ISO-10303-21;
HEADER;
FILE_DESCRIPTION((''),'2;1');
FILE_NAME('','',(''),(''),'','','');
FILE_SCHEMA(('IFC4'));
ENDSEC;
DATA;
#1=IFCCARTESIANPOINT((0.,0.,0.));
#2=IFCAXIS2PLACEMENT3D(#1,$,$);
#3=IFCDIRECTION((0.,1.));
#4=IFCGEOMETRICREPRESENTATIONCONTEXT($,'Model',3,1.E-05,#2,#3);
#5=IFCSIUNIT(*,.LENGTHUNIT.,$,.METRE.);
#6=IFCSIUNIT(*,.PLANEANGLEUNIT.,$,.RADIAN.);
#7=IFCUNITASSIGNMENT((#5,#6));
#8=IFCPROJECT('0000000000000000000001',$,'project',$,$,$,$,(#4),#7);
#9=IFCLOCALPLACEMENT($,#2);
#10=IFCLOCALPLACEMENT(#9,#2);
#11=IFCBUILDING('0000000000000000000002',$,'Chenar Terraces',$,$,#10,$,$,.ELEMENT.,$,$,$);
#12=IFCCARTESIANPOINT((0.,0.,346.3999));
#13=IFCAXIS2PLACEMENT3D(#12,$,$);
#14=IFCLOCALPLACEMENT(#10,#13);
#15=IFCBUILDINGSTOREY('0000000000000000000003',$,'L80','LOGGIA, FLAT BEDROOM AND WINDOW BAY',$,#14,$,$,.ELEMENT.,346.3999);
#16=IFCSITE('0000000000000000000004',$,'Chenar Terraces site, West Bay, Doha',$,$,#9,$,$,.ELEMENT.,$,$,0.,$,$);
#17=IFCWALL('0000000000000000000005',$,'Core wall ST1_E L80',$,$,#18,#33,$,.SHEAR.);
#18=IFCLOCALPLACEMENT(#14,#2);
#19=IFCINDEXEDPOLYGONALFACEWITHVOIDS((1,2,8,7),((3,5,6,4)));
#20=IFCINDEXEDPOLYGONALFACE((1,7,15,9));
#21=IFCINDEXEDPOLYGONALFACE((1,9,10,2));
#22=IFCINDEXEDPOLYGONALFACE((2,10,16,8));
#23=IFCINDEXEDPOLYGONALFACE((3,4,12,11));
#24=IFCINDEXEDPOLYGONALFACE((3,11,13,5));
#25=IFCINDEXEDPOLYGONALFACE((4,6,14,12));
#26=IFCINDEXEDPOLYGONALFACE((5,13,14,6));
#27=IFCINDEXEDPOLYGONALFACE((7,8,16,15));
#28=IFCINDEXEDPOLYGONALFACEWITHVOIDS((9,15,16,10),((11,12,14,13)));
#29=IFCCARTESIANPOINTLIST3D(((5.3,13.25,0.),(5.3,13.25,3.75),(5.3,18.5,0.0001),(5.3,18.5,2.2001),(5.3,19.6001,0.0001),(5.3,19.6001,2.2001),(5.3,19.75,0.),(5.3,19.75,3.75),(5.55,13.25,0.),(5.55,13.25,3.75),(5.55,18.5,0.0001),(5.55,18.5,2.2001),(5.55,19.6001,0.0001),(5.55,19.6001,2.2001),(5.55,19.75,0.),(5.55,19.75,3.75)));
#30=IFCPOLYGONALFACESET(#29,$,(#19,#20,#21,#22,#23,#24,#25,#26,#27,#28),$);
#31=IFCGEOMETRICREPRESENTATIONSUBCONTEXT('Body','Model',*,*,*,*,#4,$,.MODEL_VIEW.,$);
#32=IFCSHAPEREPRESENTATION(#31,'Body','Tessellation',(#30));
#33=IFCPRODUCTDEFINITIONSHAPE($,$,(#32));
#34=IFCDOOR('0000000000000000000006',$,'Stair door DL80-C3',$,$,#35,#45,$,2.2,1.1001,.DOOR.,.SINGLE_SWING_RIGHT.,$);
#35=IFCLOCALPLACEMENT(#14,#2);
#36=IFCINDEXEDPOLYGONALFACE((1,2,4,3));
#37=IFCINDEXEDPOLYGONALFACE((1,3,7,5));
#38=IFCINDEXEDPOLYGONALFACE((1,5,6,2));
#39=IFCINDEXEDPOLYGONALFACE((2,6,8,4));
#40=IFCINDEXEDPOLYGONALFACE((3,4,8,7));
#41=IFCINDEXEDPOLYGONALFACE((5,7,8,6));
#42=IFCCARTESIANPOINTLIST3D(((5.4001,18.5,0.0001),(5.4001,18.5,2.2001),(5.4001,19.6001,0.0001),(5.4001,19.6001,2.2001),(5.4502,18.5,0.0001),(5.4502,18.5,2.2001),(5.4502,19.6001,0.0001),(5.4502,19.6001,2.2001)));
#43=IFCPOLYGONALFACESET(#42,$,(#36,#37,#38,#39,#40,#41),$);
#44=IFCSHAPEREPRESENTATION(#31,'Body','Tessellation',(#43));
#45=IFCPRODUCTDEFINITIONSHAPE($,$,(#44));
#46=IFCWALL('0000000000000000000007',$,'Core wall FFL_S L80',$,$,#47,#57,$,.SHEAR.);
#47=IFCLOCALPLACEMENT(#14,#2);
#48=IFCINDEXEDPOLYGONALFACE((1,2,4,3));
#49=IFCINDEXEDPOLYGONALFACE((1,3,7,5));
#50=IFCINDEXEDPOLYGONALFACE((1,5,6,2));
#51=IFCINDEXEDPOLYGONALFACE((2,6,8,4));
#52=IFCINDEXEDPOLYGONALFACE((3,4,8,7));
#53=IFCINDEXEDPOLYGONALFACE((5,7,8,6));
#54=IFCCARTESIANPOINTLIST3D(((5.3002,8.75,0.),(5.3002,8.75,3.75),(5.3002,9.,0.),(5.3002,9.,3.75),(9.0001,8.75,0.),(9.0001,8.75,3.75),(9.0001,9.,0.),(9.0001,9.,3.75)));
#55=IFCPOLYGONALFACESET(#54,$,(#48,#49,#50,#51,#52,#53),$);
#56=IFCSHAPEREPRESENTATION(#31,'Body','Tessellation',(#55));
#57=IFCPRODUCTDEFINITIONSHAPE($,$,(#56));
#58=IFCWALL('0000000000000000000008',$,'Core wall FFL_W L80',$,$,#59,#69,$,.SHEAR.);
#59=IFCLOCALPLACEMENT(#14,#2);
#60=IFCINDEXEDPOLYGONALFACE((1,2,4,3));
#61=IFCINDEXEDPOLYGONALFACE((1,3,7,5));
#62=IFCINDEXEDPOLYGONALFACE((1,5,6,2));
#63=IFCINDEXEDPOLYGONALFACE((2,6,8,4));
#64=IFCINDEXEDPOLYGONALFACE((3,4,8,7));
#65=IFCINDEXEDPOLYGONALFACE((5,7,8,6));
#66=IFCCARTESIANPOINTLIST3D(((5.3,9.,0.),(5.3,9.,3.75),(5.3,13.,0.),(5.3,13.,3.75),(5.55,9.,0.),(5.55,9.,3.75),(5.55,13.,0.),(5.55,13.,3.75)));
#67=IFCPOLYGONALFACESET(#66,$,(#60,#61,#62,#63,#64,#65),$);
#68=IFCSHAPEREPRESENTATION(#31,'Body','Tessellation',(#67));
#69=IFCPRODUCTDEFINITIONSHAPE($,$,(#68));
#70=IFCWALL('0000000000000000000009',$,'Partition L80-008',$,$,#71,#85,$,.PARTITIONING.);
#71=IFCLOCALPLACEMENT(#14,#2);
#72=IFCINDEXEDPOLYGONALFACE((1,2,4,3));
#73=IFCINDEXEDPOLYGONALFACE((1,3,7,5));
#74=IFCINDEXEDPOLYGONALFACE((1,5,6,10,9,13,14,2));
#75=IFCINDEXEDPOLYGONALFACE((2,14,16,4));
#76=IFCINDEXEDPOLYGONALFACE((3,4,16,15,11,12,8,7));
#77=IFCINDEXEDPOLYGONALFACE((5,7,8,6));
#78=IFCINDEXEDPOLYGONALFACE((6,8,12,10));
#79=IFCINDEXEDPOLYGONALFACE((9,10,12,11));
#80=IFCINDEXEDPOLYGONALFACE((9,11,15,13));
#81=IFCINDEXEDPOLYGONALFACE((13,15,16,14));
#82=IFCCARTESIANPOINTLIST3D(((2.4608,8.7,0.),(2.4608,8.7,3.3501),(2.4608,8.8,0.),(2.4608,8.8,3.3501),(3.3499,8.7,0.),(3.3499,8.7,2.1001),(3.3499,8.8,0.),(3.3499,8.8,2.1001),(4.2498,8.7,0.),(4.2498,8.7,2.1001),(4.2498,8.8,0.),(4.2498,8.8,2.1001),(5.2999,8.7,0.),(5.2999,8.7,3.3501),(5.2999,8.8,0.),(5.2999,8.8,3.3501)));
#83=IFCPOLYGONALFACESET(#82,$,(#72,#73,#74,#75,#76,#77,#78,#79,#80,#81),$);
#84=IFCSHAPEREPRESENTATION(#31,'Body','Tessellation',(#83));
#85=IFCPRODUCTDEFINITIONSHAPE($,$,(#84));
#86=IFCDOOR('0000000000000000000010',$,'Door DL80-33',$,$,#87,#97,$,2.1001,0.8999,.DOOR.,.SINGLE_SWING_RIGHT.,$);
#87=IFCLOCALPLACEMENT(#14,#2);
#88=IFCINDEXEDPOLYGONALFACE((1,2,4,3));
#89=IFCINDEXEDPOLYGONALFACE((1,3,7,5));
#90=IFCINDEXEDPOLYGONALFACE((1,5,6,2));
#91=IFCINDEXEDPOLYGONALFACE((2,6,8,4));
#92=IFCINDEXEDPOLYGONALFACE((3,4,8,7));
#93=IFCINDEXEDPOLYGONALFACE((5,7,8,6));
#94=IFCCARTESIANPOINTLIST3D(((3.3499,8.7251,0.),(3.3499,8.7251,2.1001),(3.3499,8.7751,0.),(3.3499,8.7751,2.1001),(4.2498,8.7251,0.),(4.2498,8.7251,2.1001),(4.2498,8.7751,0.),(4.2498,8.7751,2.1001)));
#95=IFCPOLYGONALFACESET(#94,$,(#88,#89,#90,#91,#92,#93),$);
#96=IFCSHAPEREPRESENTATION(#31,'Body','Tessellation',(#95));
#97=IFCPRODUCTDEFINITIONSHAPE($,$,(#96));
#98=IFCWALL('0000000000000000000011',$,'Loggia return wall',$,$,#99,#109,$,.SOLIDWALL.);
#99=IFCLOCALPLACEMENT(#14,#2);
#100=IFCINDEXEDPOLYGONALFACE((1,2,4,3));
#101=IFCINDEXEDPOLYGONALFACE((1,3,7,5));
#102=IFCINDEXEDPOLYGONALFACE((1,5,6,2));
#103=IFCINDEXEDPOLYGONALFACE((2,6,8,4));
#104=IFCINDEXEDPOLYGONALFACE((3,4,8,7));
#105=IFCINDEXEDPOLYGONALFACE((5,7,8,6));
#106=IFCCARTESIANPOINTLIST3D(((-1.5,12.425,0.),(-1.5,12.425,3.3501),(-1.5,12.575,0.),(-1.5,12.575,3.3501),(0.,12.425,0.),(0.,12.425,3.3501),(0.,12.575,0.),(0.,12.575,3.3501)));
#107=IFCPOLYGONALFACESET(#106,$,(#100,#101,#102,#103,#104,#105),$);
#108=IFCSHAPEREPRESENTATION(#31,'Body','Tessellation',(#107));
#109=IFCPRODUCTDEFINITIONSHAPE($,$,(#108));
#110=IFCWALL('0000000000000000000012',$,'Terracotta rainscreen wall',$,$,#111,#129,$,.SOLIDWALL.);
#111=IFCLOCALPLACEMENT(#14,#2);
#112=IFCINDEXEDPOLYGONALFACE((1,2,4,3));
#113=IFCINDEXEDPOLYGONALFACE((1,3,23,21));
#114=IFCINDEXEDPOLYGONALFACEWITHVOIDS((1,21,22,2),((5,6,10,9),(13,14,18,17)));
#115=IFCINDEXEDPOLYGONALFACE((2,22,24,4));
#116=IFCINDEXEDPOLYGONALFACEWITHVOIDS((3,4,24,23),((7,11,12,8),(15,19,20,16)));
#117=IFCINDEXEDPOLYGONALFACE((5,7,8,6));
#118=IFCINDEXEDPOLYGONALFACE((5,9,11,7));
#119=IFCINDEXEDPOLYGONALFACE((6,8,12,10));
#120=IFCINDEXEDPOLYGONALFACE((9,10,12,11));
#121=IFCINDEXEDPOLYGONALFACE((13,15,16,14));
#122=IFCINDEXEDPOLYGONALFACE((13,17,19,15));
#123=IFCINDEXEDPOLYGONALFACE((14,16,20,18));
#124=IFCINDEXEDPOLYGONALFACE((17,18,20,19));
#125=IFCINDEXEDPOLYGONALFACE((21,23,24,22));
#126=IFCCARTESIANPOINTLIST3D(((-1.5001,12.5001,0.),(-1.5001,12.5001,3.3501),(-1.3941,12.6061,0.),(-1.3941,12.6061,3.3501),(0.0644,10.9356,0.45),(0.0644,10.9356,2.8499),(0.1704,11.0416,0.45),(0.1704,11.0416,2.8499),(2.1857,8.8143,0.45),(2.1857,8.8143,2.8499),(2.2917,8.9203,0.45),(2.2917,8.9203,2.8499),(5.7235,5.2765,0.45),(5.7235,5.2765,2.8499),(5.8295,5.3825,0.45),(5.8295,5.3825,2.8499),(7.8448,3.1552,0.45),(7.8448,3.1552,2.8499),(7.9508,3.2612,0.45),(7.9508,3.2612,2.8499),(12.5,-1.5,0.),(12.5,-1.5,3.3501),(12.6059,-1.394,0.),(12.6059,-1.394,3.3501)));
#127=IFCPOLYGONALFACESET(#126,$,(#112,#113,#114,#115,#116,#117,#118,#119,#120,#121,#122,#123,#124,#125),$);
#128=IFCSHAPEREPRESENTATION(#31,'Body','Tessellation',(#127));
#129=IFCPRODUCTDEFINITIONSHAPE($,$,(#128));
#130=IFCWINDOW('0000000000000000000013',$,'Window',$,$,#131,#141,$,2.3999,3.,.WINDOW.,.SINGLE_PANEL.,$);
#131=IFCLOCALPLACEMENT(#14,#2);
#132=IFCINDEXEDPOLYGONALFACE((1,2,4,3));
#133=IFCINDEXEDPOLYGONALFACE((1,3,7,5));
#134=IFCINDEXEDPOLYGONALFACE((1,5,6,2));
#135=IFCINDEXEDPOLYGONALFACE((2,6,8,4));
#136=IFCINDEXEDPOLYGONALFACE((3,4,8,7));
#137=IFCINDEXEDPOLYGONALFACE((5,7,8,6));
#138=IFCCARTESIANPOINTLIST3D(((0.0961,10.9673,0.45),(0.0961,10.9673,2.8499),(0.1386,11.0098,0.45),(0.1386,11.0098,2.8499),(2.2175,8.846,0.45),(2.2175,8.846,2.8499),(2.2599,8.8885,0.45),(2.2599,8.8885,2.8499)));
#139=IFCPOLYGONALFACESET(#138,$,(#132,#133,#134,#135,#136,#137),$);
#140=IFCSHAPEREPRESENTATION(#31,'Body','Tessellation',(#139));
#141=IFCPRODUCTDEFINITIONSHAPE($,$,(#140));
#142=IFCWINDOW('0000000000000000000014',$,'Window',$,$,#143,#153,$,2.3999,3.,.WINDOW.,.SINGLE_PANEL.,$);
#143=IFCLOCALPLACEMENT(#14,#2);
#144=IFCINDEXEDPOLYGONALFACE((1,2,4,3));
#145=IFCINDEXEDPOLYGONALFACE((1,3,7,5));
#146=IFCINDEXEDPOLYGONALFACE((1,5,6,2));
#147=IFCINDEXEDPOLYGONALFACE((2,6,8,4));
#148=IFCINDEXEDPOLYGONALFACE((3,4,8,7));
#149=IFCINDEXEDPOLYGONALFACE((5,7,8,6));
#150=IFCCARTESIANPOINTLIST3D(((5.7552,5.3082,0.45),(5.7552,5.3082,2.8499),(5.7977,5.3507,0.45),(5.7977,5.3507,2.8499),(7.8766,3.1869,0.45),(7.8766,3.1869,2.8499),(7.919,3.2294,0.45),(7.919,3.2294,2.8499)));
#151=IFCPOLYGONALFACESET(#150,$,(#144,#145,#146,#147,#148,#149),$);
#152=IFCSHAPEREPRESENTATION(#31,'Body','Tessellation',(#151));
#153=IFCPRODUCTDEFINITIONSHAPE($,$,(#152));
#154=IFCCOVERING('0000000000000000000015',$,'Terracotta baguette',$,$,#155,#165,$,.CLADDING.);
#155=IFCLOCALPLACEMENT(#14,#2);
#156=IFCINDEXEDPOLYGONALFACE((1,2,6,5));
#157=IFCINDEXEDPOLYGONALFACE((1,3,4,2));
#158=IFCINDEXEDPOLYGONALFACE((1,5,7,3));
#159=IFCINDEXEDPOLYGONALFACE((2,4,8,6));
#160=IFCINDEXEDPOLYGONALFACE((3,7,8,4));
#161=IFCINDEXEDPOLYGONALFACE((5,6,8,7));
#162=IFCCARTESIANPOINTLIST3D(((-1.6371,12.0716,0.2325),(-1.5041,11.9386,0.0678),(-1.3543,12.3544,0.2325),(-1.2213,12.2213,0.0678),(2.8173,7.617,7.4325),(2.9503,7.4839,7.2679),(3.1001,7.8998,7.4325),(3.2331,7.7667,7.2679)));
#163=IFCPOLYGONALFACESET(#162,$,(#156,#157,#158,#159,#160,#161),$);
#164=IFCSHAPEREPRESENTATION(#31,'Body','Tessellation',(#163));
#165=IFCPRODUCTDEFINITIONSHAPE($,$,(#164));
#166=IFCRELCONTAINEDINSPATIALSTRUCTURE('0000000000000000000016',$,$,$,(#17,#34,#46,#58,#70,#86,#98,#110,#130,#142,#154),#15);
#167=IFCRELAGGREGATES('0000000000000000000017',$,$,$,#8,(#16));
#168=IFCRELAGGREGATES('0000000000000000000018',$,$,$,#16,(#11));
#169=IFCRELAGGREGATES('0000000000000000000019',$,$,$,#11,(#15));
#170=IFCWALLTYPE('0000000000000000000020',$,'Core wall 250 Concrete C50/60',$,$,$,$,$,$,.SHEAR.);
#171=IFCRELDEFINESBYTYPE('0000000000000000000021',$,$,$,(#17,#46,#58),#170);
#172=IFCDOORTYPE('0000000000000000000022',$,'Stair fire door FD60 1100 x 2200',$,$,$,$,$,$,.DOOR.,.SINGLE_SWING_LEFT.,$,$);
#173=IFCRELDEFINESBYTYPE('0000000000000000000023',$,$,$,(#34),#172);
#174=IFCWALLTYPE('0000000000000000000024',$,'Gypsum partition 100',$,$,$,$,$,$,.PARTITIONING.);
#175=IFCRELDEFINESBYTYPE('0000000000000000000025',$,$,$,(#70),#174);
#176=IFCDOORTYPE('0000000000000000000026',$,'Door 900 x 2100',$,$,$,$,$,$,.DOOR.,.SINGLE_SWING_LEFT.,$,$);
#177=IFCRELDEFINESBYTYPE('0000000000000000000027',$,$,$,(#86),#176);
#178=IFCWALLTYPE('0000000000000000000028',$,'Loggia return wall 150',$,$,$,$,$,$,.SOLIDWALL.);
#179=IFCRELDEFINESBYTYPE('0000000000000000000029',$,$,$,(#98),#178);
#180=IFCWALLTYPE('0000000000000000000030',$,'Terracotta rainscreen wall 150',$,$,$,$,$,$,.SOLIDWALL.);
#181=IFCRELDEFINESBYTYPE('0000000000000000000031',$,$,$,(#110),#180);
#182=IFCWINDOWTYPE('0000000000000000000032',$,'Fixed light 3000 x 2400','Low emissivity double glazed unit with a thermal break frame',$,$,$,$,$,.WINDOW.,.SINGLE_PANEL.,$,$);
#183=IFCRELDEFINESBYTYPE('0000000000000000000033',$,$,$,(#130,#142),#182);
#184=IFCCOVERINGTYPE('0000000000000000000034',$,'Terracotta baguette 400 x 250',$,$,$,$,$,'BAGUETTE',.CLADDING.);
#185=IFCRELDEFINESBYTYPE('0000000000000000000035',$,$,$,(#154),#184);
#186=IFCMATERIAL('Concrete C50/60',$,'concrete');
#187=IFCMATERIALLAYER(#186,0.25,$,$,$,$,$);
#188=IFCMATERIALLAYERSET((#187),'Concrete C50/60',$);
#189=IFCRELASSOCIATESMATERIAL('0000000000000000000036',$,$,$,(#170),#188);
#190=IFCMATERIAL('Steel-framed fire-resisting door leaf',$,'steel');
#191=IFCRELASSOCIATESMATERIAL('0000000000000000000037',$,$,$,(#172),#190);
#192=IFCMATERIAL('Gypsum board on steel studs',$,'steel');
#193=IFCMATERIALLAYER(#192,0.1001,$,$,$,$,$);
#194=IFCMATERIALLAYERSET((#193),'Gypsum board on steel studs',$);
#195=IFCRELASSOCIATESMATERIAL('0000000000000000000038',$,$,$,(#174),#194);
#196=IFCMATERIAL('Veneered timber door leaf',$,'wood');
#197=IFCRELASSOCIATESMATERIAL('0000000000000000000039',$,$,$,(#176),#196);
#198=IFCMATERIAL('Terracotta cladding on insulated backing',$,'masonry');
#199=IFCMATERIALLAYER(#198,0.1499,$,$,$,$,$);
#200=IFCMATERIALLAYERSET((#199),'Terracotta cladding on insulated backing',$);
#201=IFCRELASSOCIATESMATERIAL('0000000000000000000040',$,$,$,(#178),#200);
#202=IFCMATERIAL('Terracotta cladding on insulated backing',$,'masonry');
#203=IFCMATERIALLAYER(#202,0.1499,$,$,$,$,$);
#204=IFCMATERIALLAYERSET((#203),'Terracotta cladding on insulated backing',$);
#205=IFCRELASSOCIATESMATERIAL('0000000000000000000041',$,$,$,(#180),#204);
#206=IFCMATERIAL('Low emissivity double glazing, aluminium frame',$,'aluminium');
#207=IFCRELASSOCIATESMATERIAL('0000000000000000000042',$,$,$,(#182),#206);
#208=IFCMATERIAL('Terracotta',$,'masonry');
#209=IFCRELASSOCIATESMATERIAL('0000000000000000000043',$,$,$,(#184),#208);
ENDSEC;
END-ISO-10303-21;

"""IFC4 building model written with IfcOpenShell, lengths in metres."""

from ifc_helpers import new_model, si_unit, direction, frame, frame_2d, origin, origin_2d, place, context, subcontext, project, spatial, rectangle, extrude, material, layer, layer_set, material_profile, profile_set, type_object, element, fill, save


model = new_model("IFC4")

# Units and contexts
model_context = context("Model", 3, precision=1e-05, world=origin(), true_north=direction((0.0, 1.0)))
body_context = subcontext(model_context, "Body", "Model", "MODEL_VIEW")
ifc_project = project(units=[si_unit("LENGTHUNIT", "METRE"), si_unit("PLANEANGLEUNIT", "RADIAN")], contexts=[model_context])

# Site, building, storey
site_placement = place(None, origin())
site = spatial("IfcSite", under=ifc_project, at=site_placement, Name="Chenar Terraces site, West Bay, Doha", CompositionType="ELEMENT", RefElevation=0.0)
building_placement = place(site_placement, origin())
building = spatial("IfcBuilding", under=site, at=building_placement, Name="Chenar Terraces", CompositionType="ELEMENT")
storey_placement = place(building_placement, frame((0.0, 0.0, 346.3999)))
storey = spatial("IfcBuildingStorey", under=building, at=storey_placement, Name="L80", Description="LOGGIA, FLAT BEDROOM AND WINDOW BAY", CompositionType="ELEMENT", Elevation=346.3999)

# Shared definitions
ifc_material_1 = material(Name="Concrete C50/60", Category="concrete")
ifc_layer_1 = layer(ifc_material_1, 0.25)
ifc_layer_set_1 = layer_set([ifc_layer_1], Name="Concrete C50/60")
wall_type_1 = type_object("IfcWallType", Name="Core wall 250 Concrete C50/60", PredefinedType="SHEAR", material=ifc_layer_set_1)

# Wall, opening, door
wall_1_placement = place(storey_placement, frame((5.425, 13.25, 0.0), z_axis=(0.0, 0.0, 1.0), x_axis=(0.0, 1.0, 0.0)))
wall_1 = element("IfcWall", 1, at=wall_1_placement, inside=storey, type_object=wall_type_1, Name="Core wall ST1_E L80", PredefinedType="SHEAR", context=body_context, shape_type="SweptSolid", body=[
    extrude(rectangle(XDim=6.5, YDim=0.25, at=frame_2d((3.25, 0.0))), origin(), (0.0, 0.0, 1.0), 3.75),
])
opening_1_placement = place(wall_1_placement, frame((5.25, 0.0, 0.0)))
opening_1 = element("IfcOpeningElement", 2, at=opening_1_placement, cuts=wall_1, PredefinedType="OPENING", context=body_context, shape_type="SweptSolid", body=[
    extrude(rectangle(XDim=1.1001, YDim=2.2, at=frame_2d((0.55, 1.1001))), frame((0.0, 0.135, 0.0), z_axis=(0.0, -1.0, 0.0), x_axis=(1.0, 0.0, 0.0)), (0.0, 0.0, 1.0), 0.27),
])
ifc_material_2 = material(Name="Steel-framed fire-resisting door leaf", Category="steel")
door_type_1 = type_object("IfcDoorType", Name="Stair fire door FD60 1100 x 2200", OperationType="SINGLE_SWING_LEFT", PredefinedType="DOOR", material=ifc_material_2)
door_1_placement = place(opening_1_placement, origin())
door_1 = element("IfcDoor", 3, at=door_1_placement, inside=storey, type_object=door_type_1, Name="Stair door DL80-C3", OperationType="SINGLE_SWING_RIGHT", OverallHeight=2.2, OverallWidth=1.1001, PredefinedType="DOOR", context=body_context, shape_type="SweptSolid", body=[
    extrude(rectangle(XDim=1.1001, YDim=2.2, at=frame_2d((0.55, 1.1001))), frame((0.0, 0.0249, 0.0), z_axis=(0.0, -1.0, 0.0), x_axis=(1.0, 0.0, 0.0)), (0.0, 0.0, 1.0), 0.05),
])
fill(opening_1, door_1)

# Walls
wall_2_placement = place(storey_placement, frame((5.3, 8.875, 0.0), z_axis=(0.0, 0.0, 1.0), x_axis=(1.0, 0.0, 0.0)))
element("IfcWall", 4, at=wall_2_placement, inside=storey, type_object=wall_type_1, Name="Core wall FFL_S L80", PredefinedType="SHEAR", context=body_context, shape_type="SweptSolid", body=[
    extrude(rectangle(XDim=3.7, YDim=0.25, at=frame_2d((1.8501, 0.0))), origin(), (0.0, 0.0, 1.0), 3.75),
])
wall_3_placement = place(storey_placement, frame((5.425, 9.0, 0.0), z_axis=(0.0, 0.0, 1.0), x_axis=(0.0, 1.0, 0.0)))
element("IfcWall", 5, at=wall_3_placement, inside=storey, type_object=wall_type_1, Name="Core wall FFL_W L80", PredefinedType="SHEAR", context=body_context, shape_type="SweptSolid", body=[
    extrude(rectangle(XDim=4.0, YDim=0.25, at=frame_2d((2.0, 0.0))), origin(), (0.0, 0.0, 1.0), 3.75),
])

# Wall, opening, door
ifc_material_3 = material(Name="Gypsum board on steel studs", Category="steel")
ifc_layer_2 = layer(ifc_material_3, 0.1001)
ifc_layer_set_2 = layer_set([ifc_layer_2], Name="Gypsum board on steel studs")
wall_type_2 = type_object("IfcWallType", Name="Gypsum partition 100", PredefinedType="PARTITIONING", material=ifc_layer_set_2)
wall_4_placement = place(storey_placement, frame((2.4609, 8.75, 0.0), z_axis=(0.0, 0.0, 1.0), x_axis=(1.0, 0.0, 0.0)))
wall_4 = element("IfcWall", 6, at=wall_4_placement, inside=storey, type_object=wall_type_2, Name="Partition L80-008", PredefinedType="PARTITIONING", context=body_context, shape_type="SweptSolid", body=[
    extrude(rectangle(XDim=2.8391, YDim=0.1001, at=frame_2d((1.4194, 0.0))), origin(), (0.0, 0.0, 1.0), 3.3501),
])
opening_2_placement = place(wall_4_placement, frame((0.8889, 0.0, 0.0)))
opening_2 = element("IfcOpeningElement", 7, at=opening_2_placement, cuts=wall_4, PredefinedType="OPENING", context=body_context, shape_type="SweptSolid", body=[
    extrude(rectangle(XDim=0.8999, YDim=2.1001, at=frame_2d((0.45, 1.05))), frame((0.0, 0.0601, 0.0), z_axis=(0.0, -1.0, 0.0), x_axis=(1.0, 0.0, 0.0)), (0.0, 0.0, 1.0), 0.1201),
])
ifc_material_4 = material(Name="Veneered timber door leaf", Category="wood")
door_type_2 = type_object("IfcDoorType", Name="Door 900 x 2100", OperationType="SINGLE_SWING_LEFT", PredefinedType="DOOR", material=ifc_material_4)
door_2_placement = place(opening_2_placement, frame((0.8999, 0.0, 0.0), z_axis=(0.0, 0.0, 1.0), x_axis=(-1.0, 0.0, 0.0)))
door_2 = element("IfcDoor", 8, at=door_2_placement, inside=storey, type_object=door_type_2, Name="Door DL80-33", OperationType="SINGLE_SWING_RIGHT", OverallHeight=2.1001, OverallWidth=0.8999, PredefinedType="DOOR", context=body_context, shape_type="SweptSolid", body=[
    extrude(rectangle(XDim=0.8999, YDim=2.1001, at=frame_2d((0.45, 1.05))), frame((0.0, 0.0249, 0.0), z_axis=(0.0, -1.0, 0.0), x_axis=(1.0, 0.0, 0.0)), (0.0, 0.0, 1.0), 0.05),
])
fill(opening_2, door_2)

# Wall
ifc_material_5 = material(Name="Terracotta cladding on insulated backing", Category="masonry")
ifc_layer_3 = layer(ifc_material_5, 0.1499)
ifc_layer_set_3 = layer_set([ifc_layer_3], Name="Terracotta cladding on insulated backing")
wall_type_3 = type_object("IfcWallType", Name="Loggia return wall 150", PredefinedType="SOLIDWALL", material=ifc_layer_set_3)
wall_5_placement = place(storey_placement, frame((-1.5, 12.5, 0.0), z_axis=(0.0, 0.0, 1.0), x_axis=(1.0, 0.0, 0.0)))
element("IfcWall", 9, at=wall_5_placement, inside=storey, type_object=wall_type_3, Name="Loggia return wall", PredefinedType="SOLIDWALL", context=body_context, shape_type="SweptSolid", body=[
    extrude(rectangle(XDim=1.5, YDim=0.1499, at=frame_2d((0.75, 0.0))), origin(), (0.0, 0.0, 1.0), 3.3501),
])

# Wall, openings, windows
ifc_material_6 = material(Name="Terracotta cladding on insulated backing", Category="masonry")
ifc_layer_4 = layer(ifc_material_6, 0.1499)
ifc_layer_set_4 = layer_set([ifc_layer_4], Name="Terracotta cladding on insulated backing")
wall_type_4 = type_object("IfcWallType", Name="Terracotta rainscreen wall 150", PredefinedType="SOLIDWALL", material=ifc_layer_set_4)
wall_6_placement = place(storey_placement, frame((-1.447, 12.553, 0.0), z_axis=(0.0, 0.0, 1.0), x_axis=(0.707107, -0.707107, 0.0)))
wall_6 = element("IfcWall", 10, at=wall_6_placement, inside=storey, type_object=wall_type_4, Name="Terracotta rainscreen wall", PredefinedType="SOLIDWALL", context=body_context, shape_type="SweptSolid", body=[
    extrude(rectangle(XDim=19.7991, YDim=0.1499, at=frame_2d((9.8994, 0.0))), origin(), (0.0, 0.0, 1.0), 3.3501),
])
opening_3_placement = place(wall_6_placement, frame((2.2124, 0.0, 0.45)))
opening_3 = element("IfcOpeningElement", 11, at=opening_3_placement, cuts=wall_6, PredefinedType="OPENING", context=body_context, shape_type="SweptSolid", body=[
    extrude(rectangle(XDim=3.0, YDim=2.3999, at=frame_2d((1.5, 1.2))), frame((0.0, 0.085, 0.0), z_axis=(0.0, -1.0, 0.0), x_axis=(1.0, 0.0, 0.0)), (0.0, 0.0, 1.0), 0.1699),
])
opening_4_placement = place(wall_6_placement, frame((10.2156, 0.0, 0.45)))
opening_4 = element("IfcOpeningElement", 12, at=opening_4_placement, cuts=wall_6, PredefinedType="OPENING", context=body_context, shape_type="SweptSolid", body=[
    extrude(rectangle(XDim=3.0, YDim=2.3999, at=frame_2d((1.5, 1.2))), frame((0.0, 0.085, 0.0), z_axis=(0.0, -1.0, 0.0), x_axis=(1.0, 0.0, 0.0)), (0.0, 0.0, 1.0), 0.1699),
])
ifc_material_7 = material(Name="Low emissivity double glazing, aluminium frame", Category="aluminium")
window_type = type_object("IfcWindowType", Name="Fixed light 3000 x 2400", Description="Low emissivity double glazed unit with a thermal break frame", PartitioningType="SINGLE_PANEL", PredefinedType="WINDOW", material=ifc_material_7)
window_1_placement = place(opening_3_placement, origin())
window_1 = element("IfcWindow", 13, at=window_1_placement, inside=storey, type_object=window_type, Name="Window", OverallHeight=2.3999, OverallWidth=3.0, PartitioningType="SINGLE_PANEL", PredefinedType="WINDOW", context=body_context, shape_type="SweptSolid", body=[
    extrude(rectangle(XDim=3.0, YDim=2.3999, at=frame_2d((1.5, 1.2))), frame((0.0, 0.03, 0.0), z_axis=(0.0, -1.0, 0.0), x_axis=(1.0, 0.0, 0.0)), (0.0, 0.0, 1.0), 0.0601),
])
fill(opening_3, window_1)
window_2_placement = place(opening_4_placement, origin())
window_2 = element("IfcWindow", 14, at=window_2_placement, inside=storey, type_object=window_type, Name="Window", OverallHeight=2.3999, OverallWidth=3.0, PartitioningType="SINGLE_PANEL", PredefinedType="WINDOW", context=body_context, shape_type="SweptSolid", body=[
    extrude(rectangle(XDim=3.0, YDim=2.3999, at=frame_2d((1.5, 1.2))), frame((0.0, 0.03, 0.0), z_axis=(0.0, -1.0, 0.0), x_axis=(1.0, 0.0, 0.0)), (0.0, 0.0, 1.0), 0.0601),
])
fill(opening_4, window_2)

# Covering
ifc_material_8 = material(Name="Terracotta", Category="masonry")
ifc_material_profile = material_profile(ifc_material_8, rectangle(XDim=0.3999, YDim=0.25, at=origin_2d()), Name="Terracotta baguette 400 x 250")
ifc_profile_set = profile_set([ifc_material_profile], Name="Terracotta")
covering_type = type_object("IfcCoveringType", Name="Terracotta baguette 400 x 250", ElementType="BAGUETTE", PredefinedType="CLADDING", material=ifc_profile_set)
covering_1_placement = place(storey_placement, frame((-1.4292, 12.1465, 0.1501), z_axis=(0.465604, -0.46563, 0.752597), x_axis=(0.707126, 0.707087, 0.0)))
element("IfcCovering", 15, at=covering_1_placement, inside=storey, type_object=covering_type, Name="Terracotta baguette", PredefinedType="CLADDING", context=body_context, shape_type="SweptSolid", body=[
    extrude(rectangle(XDim=0.3999, YDim=0.25, at=origin_2d()), origin(), (0.0, 0.0, 1.0), 9.5669),
])

save(model, "model.ifc")
